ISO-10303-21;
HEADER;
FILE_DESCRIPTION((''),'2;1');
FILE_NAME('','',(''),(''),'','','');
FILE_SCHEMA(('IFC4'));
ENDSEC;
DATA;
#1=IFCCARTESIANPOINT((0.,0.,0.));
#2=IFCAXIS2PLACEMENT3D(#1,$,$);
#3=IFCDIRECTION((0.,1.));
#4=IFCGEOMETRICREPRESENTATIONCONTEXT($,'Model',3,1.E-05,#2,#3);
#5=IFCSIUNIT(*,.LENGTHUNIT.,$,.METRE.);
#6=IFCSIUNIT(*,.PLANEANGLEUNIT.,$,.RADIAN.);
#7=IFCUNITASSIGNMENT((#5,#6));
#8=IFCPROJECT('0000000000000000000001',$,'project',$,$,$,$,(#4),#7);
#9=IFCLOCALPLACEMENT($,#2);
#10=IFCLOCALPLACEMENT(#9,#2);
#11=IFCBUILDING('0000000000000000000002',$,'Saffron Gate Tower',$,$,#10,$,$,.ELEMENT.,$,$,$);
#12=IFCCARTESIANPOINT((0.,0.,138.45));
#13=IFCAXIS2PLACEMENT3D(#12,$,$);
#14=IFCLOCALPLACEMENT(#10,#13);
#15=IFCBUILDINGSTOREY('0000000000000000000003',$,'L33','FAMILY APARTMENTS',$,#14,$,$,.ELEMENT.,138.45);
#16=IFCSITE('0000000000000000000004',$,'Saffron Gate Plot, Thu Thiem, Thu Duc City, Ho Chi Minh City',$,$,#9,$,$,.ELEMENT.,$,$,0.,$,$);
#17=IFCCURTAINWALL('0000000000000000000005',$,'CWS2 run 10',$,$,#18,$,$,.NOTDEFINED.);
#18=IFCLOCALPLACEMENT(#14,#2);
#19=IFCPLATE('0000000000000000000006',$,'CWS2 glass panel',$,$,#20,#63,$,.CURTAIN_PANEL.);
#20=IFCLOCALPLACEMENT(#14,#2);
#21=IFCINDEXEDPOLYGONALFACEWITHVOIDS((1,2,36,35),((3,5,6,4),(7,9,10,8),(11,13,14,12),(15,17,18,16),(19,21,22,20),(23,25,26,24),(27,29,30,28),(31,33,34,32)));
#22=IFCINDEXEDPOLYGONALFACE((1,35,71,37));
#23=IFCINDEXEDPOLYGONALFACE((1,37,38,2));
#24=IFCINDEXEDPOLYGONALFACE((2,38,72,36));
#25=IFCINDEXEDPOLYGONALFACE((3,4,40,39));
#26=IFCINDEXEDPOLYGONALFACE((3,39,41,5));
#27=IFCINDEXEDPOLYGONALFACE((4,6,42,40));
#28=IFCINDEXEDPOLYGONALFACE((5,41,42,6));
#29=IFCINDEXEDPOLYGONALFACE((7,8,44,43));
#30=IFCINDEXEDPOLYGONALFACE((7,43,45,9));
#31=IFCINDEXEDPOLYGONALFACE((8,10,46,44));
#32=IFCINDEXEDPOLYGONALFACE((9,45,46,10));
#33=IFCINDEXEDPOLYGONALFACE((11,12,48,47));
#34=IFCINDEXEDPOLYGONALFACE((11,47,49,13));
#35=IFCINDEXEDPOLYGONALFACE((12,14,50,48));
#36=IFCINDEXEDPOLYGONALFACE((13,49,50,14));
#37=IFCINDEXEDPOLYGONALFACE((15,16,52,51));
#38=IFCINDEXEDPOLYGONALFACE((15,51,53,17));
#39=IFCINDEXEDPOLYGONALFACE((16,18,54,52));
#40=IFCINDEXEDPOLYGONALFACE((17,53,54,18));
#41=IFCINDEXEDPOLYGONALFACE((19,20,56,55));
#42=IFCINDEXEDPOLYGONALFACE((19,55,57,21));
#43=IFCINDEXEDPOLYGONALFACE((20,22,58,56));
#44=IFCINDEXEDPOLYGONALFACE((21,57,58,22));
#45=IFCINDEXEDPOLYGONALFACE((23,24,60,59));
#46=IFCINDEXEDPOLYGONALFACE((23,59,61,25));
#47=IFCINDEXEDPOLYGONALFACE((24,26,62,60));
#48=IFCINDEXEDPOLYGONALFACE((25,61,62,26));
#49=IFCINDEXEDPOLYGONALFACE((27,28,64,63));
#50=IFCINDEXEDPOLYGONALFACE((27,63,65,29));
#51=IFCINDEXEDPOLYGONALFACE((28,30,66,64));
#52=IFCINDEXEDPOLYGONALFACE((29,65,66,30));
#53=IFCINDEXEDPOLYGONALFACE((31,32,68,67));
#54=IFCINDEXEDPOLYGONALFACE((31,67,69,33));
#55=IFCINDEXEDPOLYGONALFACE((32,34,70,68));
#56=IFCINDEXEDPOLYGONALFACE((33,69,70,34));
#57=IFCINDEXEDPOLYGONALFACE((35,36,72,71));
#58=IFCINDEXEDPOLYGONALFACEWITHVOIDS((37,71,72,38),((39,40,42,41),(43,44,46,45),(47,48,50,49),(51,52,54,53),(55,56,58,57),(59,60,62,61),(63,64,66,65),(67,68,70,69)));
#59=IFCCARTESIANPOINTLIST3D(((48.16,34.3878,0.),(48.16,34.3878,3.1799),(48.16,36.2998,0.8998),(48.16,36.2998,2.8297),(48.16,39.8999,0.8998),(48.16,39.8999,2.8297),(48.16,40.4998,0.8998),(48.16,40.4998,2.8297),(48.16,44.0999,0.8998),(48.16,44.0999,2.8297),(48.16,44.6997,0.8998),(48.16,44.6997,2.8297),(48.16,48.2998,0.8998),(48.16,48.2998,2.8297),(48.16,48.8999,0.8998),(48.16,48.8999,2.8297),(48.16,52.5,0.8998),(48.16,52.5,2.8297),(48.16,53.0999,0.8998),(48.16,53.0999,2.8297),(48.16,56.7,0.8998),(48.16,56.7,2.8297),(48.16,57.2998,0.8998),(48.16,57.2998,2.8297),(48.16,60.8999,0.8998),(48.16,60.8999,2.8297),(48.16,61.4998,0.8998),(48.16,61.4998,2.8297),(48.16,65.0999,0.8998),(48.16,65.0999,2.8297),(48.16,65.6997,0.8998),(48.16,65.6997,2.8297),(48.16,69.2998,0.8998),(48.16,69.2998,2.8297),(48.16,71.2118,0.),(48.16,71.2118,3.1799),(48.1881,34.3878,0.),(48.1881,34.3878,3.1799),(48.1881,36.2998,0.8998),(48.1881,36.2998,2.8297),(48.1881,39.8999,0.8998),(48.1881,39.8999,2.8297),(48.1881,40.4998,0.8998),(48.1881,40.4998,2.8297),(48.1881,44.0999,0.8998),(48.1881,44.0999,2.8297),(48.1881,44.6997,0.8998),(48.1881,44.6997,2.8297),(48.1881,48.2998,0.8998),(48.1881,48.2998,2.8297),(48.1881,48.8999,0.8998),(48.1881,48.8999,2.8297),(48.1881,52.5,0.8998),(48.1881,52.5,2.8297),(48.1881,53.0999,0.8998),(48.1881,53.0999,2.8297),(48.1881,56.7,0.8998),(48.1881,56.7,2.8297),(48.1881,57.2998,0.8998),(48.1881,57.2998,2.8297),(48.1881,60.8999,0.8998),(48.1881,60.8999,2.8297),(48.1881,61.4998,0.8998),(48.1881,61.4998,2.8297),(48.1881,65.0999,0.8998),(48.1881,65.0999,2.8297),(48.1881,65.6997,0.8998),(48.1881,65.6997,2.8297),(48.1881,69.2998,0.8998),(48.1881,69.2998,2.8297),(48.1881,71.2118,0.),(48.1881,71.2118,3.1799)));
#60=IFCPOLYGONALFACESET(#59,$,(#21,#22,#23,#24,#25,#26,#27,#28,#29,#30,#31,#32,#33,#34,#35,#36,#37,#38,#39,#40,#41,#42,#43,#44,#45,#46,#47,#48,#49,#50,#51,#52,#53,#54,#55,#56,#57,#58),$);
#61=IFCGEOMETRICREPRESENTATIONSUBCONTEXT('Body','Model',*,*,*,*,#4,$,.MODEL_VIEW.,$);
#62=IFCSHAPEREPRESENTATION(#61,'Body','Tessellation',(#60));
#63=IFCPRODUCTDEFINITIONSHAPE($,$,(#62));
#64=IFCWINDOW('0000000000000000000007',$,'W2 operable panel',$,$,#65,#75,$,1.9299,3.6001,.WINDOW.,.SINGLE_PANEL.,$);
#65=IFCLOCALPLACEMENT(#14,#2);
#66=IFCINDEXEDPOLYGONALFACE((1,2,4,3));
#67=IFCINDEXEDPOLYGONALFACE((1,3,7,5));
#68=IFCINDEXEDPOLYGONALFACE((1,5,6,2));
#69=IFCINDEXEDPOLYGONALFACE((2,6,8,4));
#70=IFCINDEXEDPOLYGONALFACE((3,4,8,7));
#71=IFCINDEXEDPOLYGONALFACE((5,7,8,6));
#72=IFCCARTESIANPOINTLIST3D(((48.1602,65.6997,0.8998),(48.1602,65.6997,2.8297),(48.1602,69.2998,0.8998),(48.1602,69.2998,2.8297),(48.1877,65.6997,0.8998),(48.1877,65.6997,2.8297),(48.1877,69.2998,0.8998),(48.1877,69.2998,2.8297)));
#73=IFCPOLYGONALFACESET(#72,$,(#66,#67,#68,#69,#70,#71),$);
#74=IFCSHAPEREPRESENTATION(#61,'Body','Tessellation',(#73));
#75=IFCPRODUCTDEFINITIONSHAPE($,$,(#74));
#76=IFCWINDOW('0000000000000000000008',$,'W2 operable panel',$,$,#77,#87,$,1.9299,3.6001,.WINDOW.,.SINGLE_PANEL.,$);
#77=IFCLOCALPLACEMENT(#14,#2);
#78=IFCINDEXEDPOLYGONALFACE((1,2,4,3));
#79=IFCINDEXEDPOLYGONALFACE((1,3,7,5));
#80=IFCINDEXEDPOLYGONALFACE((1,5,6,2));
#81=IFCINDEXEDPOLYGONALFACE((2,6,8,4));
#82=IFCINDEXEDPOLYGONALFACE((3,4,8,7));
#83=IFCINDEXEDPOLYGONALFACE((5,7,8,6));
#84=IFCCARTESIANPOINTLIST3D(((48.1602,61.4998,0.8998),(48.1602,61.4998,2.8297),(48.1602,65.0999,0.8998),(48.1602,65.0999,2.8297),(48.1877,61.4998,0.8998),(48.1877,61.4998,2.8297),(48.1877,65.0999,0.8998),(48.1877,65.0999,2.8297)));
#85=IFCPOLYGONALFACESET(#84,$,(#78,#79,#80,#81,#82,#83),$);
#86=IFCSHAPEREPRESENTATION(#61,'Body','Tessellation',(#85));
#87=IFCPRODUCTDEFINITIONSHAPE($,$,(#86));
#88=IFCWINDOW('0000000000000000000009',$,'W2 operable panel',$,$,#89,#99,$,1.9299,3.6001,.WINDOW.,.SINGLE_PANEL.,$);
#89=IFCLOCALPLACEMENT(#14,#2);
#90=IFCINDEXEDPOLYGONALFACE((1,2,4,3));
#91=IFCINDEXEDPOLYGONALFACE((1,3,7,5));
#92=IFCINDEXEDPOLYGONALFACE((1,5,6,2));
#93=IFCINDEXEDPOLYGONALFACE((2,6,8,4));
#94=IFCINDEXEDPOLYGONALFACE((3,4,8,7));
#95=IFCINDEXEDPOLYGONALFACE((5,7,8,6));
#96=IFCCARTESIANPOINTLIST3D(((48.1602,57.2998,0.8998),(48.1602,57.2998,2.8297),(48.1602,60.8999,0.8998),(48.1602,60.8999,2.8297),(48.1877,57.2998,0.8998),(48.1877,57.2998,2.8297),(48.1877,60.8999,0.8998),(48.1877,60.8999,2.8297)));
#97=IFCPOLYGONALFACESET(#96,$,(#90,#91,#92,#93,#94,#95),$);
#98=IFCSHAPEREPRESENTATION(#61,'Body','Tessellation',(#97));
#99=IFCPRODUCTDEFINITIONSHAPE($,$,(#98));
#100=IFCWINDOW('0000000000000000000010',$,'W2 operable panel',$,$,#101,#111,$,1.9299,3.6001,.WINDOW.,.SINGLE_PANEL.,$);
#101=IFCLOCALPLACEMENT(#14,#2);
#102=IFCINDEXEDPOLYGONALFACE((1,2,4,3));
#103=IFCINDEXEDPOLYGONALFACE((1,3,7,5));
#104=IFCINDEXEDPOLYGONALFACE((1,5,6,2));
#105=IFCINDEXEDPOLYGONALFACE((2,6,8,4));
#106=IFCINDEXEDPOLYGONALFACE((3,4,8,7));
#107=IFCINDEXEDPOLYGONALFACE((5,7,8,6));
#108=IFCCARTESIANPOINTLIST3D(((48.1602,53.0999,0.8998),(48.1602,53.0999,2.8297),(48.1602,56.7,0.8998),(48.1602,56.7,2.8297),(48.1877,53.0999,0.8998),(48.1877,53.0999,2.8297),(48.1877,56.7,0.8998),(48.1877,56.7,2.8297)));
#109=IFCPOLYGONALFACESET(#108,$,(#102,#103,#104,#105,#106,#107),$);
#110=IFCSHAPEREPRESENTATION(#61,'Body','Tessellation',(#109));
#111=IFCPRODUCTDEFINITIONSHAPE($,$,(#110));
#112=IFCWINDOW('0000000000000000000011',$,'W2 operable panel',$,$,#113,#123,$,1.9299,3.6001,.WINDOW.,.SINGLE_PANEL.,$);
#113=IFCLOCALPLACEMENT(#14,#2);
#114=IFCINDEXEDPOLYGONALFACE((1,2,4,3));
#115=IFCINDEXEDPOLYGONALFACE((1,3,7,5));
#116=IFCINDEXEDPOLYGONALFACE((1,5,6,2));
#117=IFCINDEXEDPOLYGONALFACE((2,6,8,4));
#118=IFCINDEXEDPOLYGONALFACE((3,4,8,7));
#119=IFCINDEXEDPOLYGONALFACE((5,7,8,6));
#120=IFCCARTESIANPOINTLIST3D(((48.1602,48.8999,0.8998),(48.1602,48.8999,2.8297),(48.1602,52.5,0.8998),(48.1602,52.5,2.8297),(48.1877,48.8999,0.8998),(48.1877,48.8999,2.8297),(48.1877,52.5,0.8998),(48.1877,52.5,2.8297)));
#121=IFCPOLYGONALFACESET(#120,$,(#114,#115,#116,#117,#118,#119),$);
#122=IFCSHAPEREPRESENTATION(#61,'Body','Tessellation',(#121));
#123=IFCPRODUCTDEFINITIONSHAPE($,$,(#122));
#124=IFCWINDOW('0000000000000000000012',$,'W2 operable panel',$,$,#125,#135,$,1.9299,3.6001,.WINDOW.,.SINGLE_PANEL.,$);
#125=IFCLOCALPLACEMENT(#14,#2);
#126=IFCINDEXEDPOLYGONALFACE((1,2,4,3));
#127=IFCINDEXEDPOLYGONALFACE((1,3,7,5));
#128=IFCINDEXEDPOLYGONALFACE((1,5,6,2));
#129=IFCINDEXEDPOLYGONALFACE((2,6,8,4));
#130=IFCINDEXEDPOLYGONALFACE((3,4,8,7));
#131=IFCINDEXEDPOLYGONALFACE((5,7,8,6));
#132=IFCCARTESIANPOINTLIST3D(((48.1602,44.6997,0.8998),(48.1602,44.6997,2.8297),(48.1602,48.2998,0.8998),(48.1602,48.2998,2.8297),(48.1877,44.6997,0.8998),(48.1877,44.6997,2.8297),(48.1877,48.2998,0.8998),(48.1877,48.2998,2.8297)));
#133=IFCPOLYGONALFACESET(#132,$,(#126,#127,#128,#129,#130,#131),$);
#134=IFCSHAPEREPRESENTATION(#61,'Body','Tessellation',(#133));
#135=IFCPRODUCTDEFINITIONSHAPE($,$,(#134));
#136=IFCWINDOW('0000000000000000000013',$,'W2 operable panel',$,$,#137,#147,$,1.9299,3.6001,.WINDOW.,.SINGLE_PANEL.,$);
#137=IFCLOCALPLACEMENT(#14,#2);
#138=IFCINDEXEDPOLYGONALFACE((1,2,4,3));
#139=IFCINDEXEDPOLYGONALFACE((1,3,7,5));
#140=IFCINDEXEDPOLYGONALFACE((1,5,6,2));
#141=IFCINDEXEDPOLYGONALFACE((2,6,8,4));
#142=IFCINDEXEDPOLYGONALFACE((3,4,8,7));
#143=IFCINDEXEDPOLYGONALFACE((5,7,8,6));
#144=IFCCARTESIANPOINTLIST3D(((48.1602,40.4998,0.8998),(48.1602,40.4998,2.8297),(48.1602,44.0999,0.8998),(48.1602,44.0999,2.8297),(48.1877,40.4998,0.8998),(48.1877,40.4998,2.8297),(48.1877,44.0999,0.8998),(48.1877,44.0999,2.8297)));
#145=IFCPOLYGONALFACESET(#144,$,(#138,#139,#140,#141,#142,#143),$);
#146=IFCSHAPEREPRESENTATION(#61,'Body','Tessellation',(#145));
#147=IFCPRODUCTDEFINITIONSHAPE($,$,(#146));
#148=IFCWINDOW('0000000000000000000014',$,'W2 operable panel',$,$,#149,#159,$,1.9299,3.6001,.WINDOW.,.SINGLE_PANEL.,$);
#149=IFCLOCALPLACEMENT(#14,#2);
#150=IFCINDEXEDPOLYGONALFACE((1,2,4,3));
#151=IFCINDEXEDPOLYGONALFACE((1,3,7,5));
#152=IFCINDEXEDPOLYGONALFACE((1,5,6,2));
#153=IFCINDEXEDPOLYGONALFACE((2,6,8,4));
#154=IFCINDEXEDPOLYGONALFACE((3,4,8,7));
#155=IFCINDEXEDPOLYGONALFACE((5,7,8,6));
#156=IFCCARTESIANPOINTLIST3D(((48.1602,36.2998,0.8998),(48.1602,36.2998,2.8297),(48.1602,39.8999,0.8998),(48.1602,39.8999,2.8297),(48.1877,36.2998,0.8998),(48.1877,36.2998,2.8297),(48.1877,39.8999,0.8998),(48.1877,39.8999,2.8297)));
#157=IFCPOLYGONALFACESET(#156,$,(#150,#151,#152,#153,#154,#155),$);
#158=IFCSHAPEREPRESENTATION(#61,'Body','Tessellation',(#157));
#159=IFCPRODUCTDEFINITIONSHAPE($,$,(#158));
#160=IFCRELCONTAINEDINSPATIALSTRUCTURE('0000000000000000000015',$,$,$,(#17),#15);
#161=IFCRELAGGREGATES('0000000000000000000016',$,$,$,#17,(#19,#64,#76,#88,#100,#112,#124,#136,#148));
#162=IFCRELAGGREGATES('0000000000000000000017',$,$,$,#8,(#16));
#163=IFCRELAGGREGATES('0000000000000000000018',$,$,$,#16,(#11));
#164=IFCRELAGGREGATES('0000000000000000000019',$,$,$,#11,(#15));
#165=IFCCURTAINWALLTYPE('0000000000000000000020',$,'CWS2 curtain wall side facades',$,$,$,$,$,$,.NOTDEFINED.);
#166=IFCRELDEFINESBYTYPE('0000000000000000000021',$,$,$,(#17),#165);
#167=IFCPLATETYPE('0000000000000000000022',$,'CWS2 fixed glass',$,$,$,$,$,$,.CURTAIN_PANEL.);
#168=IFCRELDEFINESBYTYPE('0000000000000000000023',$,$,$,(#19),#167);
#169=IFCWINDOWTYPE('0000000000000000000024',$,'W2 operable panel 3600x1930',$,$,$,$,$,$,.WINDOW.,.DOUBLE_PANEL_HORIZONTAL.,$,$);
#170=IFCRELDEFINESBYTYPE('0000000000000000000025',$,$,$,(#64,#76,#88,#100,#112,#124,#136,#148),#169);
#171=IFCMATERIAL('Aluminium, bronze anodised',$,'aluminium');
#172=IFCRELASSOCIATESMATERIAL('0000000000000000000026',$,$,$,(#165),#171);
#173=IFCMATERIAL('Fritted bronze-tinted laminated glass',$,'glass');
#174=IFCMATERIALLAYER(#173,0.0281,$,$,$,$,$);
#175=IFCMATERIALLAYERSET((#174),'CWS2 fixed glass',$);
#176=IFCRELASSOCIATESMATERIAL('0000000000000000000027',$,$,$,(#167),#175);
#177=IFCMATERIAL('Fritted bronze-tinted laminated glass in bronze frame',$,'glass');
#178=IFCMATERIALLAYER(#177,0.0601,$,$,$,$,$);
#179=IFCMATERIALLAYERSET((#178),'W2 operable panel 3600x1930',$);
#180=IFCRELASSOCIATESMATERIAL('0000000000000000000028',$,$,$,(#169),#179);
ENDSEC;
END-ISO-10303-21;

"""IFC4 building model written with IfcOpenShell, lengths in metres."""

from ifc_helpers import new_model, si_unit, direction, frame, frame_2d, origin, place, context, subcontext, project, spatial, rectangle, extrude, material, layer, layer_set, type_object, element, fill, aggregate, save


model = new_model("IFC4")

# Units and contexts
model_context = context("Model", 3, precision=1e-05, world=origin(), true_north=direction((0.0, 1.0)))
body_context = subcontext(model_context, "Body", "Model", "MODEL_VIEW")
ifc_project = project(units=[si_unit("LENGTHUNIT", "METRE"), si_unit("PLANEANGLEUNIT", "RADIAN")], contexts=[model_context])

# Site, building, storey
site_placement = place(None, origin())
site = spatial("IfcSite", under=ifc_project, at=site_placement, Name="Saffron Gate Plot, Thu Thiem, Thu Duc City, Ho Chi Minh City", CompositionType="ELEMENT", RefElevation=0.0)
building_placement = place(site_placement, origin())
building = spatial("IfcBuilding", under=site, at=building_placement, Name="Saffron Gate Tower", CompositionType="ELEMENT")
storey_placement = place(building_placement, frame((0.0, 0.0, 138.45)))
storey = spatial("IfcBuildingStorey", under=building, at=storey_placement, Name="L33", Description="FAMILY APARTMENTS", CompositionType="ELEMENT", Elevation=138.45)

# Curtain wall
ifc_material_1 = material(Name="Aluminium, bronze anodised", Category="aluminium")
curtain_wall_type_1 = type_object("IfcCurtainWallType", Name="CWS2 curtain wall side facades", PredefinedType="NOTDEFINED", material=ifc_material_1)
curtain_wall_1_placement = place(storey_placement, origin())
curtain_wall_1 = element("IfcCurtainWall", 1, at=curtain_wall_1_placement, inside=storey, type_object=curtain_wall_type_1, Name="CWS2 run 10", PredefinedType="NOTDEFINED")

# Plate, openings, windows
ifc_material_2 = material(Name="Fritted bronze-tinted laminated glass", Category="glass")
ifc_layer_1 = layer(ifc_material_2, 0.0281)
ifc_layer_set_1 = layer_set([ifc_layer_1], Name="CWS2 fixed glass")
plate_type_1 = type_object("IfcPlateType", Name="CWS2 fixed glass", PredefinedType="CURTAIN_PANEL", material=ifc_layer_set_1)
plate_1_placement = place(storey_placement, frame((48.1741, 71.2119, 0.0), z_axis=(0.0, 0.0, 1.0), x_axis=(0.0, -1.0, 0.0)))
plate_1 = element("IfcPlate", 2, at=plate_1_placement, type_object=plate_type_1, Name="CWS2 glass panel", PredefinedType="CURTAIN_PANEL", context=body_context, shape_type="SweptSolid", body=[
    extrude(rectangle(XDim=36.824, YDim=0.0281, at=frame_2d((18.4121, 0.0))), origin(), (0.0, 0.0, 1.0), 3.1799),
])
opening_1_placement = place(plate_1_placement, frame((1.9121, 0.0, 0.8999)))
opening_1 = element("IfcOpeningElement", 3, at=opening_1_placement, cuts=plate_1, PredefinedType="OPENING", context=body_context, shape_type="SweptSolid", body=[
    extrude(rectangle(XDim=3.6001, YDim=1.9299, at=frame_2d((1.8, 0.9648))), frame((0.0, 0.0239, 0.0), z_axis=(0.0, -1.0, 0.0), x_axis=(1.0, 0.0, 0.0)), (0.0, 0.0, 1.0), 0.0481),
])
opening_2_placement = place(plate_1_placement, frame((6.1121, 0.0, 0.8999)))
opening_2 = element("IfcOpeningElement", 4, at=opening_2_placement, cuts=plate_1, PredefinedType="OPENING", context=body_context, shape_type="SweptSolid", body=[
    extrude(rectangle(XDim=3.6001, YDim=1.9299, at=frame_2d((1.8, 0.9648))), frame((0.0, 0.0239, 0.0), z_axis=(0.0, -1.0, 0.0), x_axis=(1.0, 0.0, 0.0)), (0.0, 0.0, 1.0), 0.0481),
])
opening_3_placement = place(plate_1_placement, frame((10.312, 0.0, 0.8999)))
opening_3 = element("IfcOpeningElement", 5, at=opening_3_placement, cuts=plate_1, PredefinedType="OPENING", context=body_context, shape_type="SweptSolid", body=[
    extrude(rectangle(XDim=3.6001, YDim=1.9299, at=frame_2d((1.8, 0.9648))), frame((0.0, 0.0239, 0.0), z_axis=(0.0, -1.0, 0.0), x_axis=(1.0, 0.0, 0.0)), (0.0, 0.0, 1.0), 0.0481),
])
opening_4_placement = place(plate_1_placement, frame((14.512, 0.0, 0.8999)))
opening_4 = element("IfcOpeningElement", 6, at=opening_4_placement, cuts=plate_1, PredefinedType="OPENING", context=body_context, shape_type="SweptSolid", body=[
    extrude(rectangle(XDim=3.6001, YDim=1.9299, at=frame_2d((1.8, 0.9648))), frame((0.0, 0.0239, 0.0), z_axis=(0.0, -1.0, 0.0), x_axis=(1.0, 0.0, 0.0)), (0.0, 0.0, 1.0), 0.0481),
])
opening_5_placement = place(plate_1_placement, frame((18.7119, 0.0, 0.8999)))
opening_5 = element("IfcOpeningElement", 7, at=opening_5_placement, cuts=plate_1, PredefinedType="OPENING", context=body_context, shape_type="SweptSolid", body=[
    extrude(rectangle(XDim=3.6001, YDim=1.9299, at=frame_2d((1.8, 0.9648))), frame((0.0, 0.0239, 0.0), z_axis=(0.0, -1.0, 0.0), x_axis=(1.0, 0.0, 0.0)), (0.0, 0.0, 1.0), 0.0481),
])
opening_6_placement = place(plate_1_placement, frame((22.9121, 0.0, 0.8999)))
opening_6 = element("IfcOpeningElement", 8, at=opening_6_placement, cuts=plate_1, PredefinedType="OPENING", context=body_context, shape_type="SweptSolid", body=[
    extrude(rectangle(XDim=3.6001, YDim=1.9299, at=frame_2d((1.8, 0.9648))), frame((0.0, 0.0239, 0.0), z_axis=(0.0, -1.0, 0.0), x_axis=(1.0, 0.0, 0.0)), (0.0, 0.0, 1.0), 0.0481),
])
opening_7_placement = place(plate_1_placement, frame((27.1121, 0.0, 0.8999)))
opening_7 = element("IfcOpeningElement", 9, at=opening_7_placement, cuts=plate_1, PredefinedType="OPENING", context=body_context, shape_type="SweptSolid", body=[
    extrude(rectangle(XDim=3.6001, YDim=1.9299, at=frame_2d((1.8, 0.9648))), frame((0.0, 0.0239, 0.0), z_axis=(0.0, -1.0, 0.0), x_axis=(1.0, 0.0, 0.0)), (0.0, 0.0, 1.0), 0.0481),
])
opening_8_placement = place(plate_1_placement, frame((31.312, 0.0, 0.8999)))
opening_8 = element("IfcOpeningElement", 10, at=opening_8_placement, cuts=plate_1, PredefinedType="OPENING", context=body_context, shape_type="SweptSolid", body=[
    extrude(rectangle(XDim=3.6001, YDim=1.9299, at=frame_2d((1.8, 0.9648))), frame((0.0, 0.0239, 0.0), z_axis=(0.0, -1.0, 0.0), x_axis=(1.0, 0.0, 0.0)), (0.0, 0.0, 1.0), 0.0481),
])
ifc_material_3 = material(Name="Fritted bronze-tinted laminated glass in bronze frame", Category="glass")
ifc_layer_2 = layer(ifc_material_3, 0.0601)
ifc_layer_set_2 = layer_set([ifc_layer_2], Name="W2 operable panel 3600x1930")
window_type = type_object("IfcWindowType", Name="W2 operable panel 3600x1930", PartitioningType="DOUBLE_PANEL_HORIZONTAL", PredefinedType="WINDOW", material=ifc_layer_set_2)
window_1_placement = place(opening_1_placement, origin())
window_1 = element("IfcWindow", 11, at=window_1_placement, type_object=window_type, Name="W2 operable panel", OverallHeight=1.9299, OverallWidth=3.6001, PartitioningType="SINGLE_PANEL", PredefinedType="WINDOW", context=body_context, shape_type="SweptSolid", body=[
    extrude(rectangle(XDim=3.6001, YDim=1.9299, at=frame_2d((1.8, 0.9648))), frame((0.0, 0.0137, 0.0), z_axis=(0.0, -1.0, 0.0), x_axis=(1.0, 0.0, 0.0)), (0.0, 0.0, 1.0), 0.0276),
])
fill(opening_1, window_1)
window_2_placement = place(opening_2_placement, origin())
window_2 = element("IfcWindow", 12, at=window_2_placement, type_object=window_type, Name="W2 operable panel", OverallHeight=1.9299, OverallWidth=3.6001, PartitioningType="SINGLE_PANEL", PredefinedType="WINDOW", context=body_context, shape_type="SweptSolid", body=[
    extrude(rectangle(XDim=3.6001, YDim=1.9299, at=frame_2d((1.8, 0.9648))), frame((0.0, 0.0137, 0.0), z_axis=(0.0, -1.0, 0.0), x_axis=(1.0, 0.0, 0.0)), (0.0, 0.0, 1.0), 0.0276),
])
fill(opening_2, window_2)
window_3_placement = place(opening_3_placement, origin())
window_3 = element("IfcWindow", 13, at=window_3_placement, type_object=window_type, Name="W2 operable panel", OverallHeight=1.9299, OverallWidth=3.6001, PartitioningType="SINGLE_PANEL", PredefinedType="WINDOW", context=body_context, shape_type="SweptSolid", body=[
    extrude(rectangle(XDim=3.6001, YDim=1.9299, at=frame_2d((1.8, 0.9648))), frame((0.0, 0.0137, 0.0), z_axis=(0.0, -1.0, 0.0), x_axis=(1.0, 0.0, 0.0)), (0.0, 0.0, 1.0), 0.0276),
])
fill(opening_3, window_3)
window_4_placement = place(opening_4_placement, origin())
window_4 = element("IfcWindow", 14, at=window_4_placement, type_object=window_type, Name="W2 operable panel", OverallHeight=1.9299, OverallWidth=3.6001, PartitioningType="SINGLE_PANEL", PredefinedType="WINDOW", context=body_context, shape_type="SweptSolid", body=[
    extrude(rectangle(XDim=3.6001, YDim=1.9299, at=frame_2d((1.8, 0.9648))), frame((0.0, 0.0137, 0.0), z_axis=(0.0, -1.0, 0.0), x_axis=(1.0, 0.0, 0.0)), (0.0, 0.0, 1.0), 0.0276),
])
fill(opening_4, window_4)
window_5_placement = place(opening_5_placement, origin())
window_5 = element("IfcWindow", 15, at=window_5_placement, type_object=window_type, Name="W2 operable panel", OverallHeight=1.9299, OverallWidth=3.6001, PartitioningType="SINGLE_PANEL", PredefinedType="WINDOW", context=body_context, shape_type="SweptSolid", body=[
    extrude(rectangle(XDim=3.6001, YDim=1.9299, at=frame_2d((1.8, 0.9648))), frame((0.0, 0.0137, 0.0), z_axis=(0.0, -1.0, 0.0), x_axis=(1.0, 0.0, 0.0)), (0.0, 0.0, 1.0), 0.0276),
])
fill(opening_5, window_5)
window_6_placement = place(opening_6_placement, origin())
window_6 = element("IfcWindow", 16, at=window_6_placement, type_object=window_type, Name="W2 operable panel", OverallHeight=1.9299, OverallWidth=3.6001, PartitioningType="SINGLE_PANEL", PredefinedType="WINDOW", context=body_context, shape_type="SweptSolid", body=[
    extrude(rectangle(XDim=3.6001, YDim=1.9299, at=frame_2d((1.8, 0.9648))), frame((0.0, 0.0137, 0.0), z_axis=(0.0, -1.0, 0.0), x_axis=(1.0, 0.0, 0.0)), (0.0, 0.0, 1.0), 0.0276),
])
fill(opening_6, window_6)
window_7_placement = place(opening_7_placement, origin())
window_7 = element("IfcWindow", 17, at=window_7_placement, type_object=window_type, Name="W2 operable panel", OverallHeight=1.9299, OverallWidth=3.6001, PartitioningType="SINGLE_PANEL", PredefinedType="WINDOW", context=body_context, shape_type="SweptSolid", body=[
    extrude(rectangle(XDim=3.6001, YDim=1.9299, at=frame_2d((1.8, 0.9648))), frame((0.0, 0.0137, 0.0), z_axis=(0.0, -1.0, 0.0), x_axis=(1.0, 0.0, 0.0)), (0.0, 0.0, 1.0), 0.0276),
])
fill(opening_7, window_7)
window_8_placement = place(opening_8_placement, origin())
window_8 = element("IfcWindow", 18, at=window_8_placement, type_object=window_type, Name="W2 operable panel", OverallHeight=1.9299, OverallWidth=3.6001, PartitioningType="SINGLE_PANEL", PredefinedType="WINDOW", context=body_context, shape_type="SweptSolid", body=[
    extrude(rectangle(XDim=3.6001, YDim=1.9299, at=frame_2d((1.8, 0.9648))), frame((0.0, 0.0137, 0.0), z_axis=(0.0, -1.0, 0.0), x_axis=(1.0, 0.0, 0.0)), (0.0, 0.0, 1.0), 0.0276),
])
fill(opening_8, window_8)
aggregate(curtain_wall_1, [plate_1, window_1, window_2, window_3, window_4, window_5, window_6, window_7, window_8])

save(model, "model.ifc")
